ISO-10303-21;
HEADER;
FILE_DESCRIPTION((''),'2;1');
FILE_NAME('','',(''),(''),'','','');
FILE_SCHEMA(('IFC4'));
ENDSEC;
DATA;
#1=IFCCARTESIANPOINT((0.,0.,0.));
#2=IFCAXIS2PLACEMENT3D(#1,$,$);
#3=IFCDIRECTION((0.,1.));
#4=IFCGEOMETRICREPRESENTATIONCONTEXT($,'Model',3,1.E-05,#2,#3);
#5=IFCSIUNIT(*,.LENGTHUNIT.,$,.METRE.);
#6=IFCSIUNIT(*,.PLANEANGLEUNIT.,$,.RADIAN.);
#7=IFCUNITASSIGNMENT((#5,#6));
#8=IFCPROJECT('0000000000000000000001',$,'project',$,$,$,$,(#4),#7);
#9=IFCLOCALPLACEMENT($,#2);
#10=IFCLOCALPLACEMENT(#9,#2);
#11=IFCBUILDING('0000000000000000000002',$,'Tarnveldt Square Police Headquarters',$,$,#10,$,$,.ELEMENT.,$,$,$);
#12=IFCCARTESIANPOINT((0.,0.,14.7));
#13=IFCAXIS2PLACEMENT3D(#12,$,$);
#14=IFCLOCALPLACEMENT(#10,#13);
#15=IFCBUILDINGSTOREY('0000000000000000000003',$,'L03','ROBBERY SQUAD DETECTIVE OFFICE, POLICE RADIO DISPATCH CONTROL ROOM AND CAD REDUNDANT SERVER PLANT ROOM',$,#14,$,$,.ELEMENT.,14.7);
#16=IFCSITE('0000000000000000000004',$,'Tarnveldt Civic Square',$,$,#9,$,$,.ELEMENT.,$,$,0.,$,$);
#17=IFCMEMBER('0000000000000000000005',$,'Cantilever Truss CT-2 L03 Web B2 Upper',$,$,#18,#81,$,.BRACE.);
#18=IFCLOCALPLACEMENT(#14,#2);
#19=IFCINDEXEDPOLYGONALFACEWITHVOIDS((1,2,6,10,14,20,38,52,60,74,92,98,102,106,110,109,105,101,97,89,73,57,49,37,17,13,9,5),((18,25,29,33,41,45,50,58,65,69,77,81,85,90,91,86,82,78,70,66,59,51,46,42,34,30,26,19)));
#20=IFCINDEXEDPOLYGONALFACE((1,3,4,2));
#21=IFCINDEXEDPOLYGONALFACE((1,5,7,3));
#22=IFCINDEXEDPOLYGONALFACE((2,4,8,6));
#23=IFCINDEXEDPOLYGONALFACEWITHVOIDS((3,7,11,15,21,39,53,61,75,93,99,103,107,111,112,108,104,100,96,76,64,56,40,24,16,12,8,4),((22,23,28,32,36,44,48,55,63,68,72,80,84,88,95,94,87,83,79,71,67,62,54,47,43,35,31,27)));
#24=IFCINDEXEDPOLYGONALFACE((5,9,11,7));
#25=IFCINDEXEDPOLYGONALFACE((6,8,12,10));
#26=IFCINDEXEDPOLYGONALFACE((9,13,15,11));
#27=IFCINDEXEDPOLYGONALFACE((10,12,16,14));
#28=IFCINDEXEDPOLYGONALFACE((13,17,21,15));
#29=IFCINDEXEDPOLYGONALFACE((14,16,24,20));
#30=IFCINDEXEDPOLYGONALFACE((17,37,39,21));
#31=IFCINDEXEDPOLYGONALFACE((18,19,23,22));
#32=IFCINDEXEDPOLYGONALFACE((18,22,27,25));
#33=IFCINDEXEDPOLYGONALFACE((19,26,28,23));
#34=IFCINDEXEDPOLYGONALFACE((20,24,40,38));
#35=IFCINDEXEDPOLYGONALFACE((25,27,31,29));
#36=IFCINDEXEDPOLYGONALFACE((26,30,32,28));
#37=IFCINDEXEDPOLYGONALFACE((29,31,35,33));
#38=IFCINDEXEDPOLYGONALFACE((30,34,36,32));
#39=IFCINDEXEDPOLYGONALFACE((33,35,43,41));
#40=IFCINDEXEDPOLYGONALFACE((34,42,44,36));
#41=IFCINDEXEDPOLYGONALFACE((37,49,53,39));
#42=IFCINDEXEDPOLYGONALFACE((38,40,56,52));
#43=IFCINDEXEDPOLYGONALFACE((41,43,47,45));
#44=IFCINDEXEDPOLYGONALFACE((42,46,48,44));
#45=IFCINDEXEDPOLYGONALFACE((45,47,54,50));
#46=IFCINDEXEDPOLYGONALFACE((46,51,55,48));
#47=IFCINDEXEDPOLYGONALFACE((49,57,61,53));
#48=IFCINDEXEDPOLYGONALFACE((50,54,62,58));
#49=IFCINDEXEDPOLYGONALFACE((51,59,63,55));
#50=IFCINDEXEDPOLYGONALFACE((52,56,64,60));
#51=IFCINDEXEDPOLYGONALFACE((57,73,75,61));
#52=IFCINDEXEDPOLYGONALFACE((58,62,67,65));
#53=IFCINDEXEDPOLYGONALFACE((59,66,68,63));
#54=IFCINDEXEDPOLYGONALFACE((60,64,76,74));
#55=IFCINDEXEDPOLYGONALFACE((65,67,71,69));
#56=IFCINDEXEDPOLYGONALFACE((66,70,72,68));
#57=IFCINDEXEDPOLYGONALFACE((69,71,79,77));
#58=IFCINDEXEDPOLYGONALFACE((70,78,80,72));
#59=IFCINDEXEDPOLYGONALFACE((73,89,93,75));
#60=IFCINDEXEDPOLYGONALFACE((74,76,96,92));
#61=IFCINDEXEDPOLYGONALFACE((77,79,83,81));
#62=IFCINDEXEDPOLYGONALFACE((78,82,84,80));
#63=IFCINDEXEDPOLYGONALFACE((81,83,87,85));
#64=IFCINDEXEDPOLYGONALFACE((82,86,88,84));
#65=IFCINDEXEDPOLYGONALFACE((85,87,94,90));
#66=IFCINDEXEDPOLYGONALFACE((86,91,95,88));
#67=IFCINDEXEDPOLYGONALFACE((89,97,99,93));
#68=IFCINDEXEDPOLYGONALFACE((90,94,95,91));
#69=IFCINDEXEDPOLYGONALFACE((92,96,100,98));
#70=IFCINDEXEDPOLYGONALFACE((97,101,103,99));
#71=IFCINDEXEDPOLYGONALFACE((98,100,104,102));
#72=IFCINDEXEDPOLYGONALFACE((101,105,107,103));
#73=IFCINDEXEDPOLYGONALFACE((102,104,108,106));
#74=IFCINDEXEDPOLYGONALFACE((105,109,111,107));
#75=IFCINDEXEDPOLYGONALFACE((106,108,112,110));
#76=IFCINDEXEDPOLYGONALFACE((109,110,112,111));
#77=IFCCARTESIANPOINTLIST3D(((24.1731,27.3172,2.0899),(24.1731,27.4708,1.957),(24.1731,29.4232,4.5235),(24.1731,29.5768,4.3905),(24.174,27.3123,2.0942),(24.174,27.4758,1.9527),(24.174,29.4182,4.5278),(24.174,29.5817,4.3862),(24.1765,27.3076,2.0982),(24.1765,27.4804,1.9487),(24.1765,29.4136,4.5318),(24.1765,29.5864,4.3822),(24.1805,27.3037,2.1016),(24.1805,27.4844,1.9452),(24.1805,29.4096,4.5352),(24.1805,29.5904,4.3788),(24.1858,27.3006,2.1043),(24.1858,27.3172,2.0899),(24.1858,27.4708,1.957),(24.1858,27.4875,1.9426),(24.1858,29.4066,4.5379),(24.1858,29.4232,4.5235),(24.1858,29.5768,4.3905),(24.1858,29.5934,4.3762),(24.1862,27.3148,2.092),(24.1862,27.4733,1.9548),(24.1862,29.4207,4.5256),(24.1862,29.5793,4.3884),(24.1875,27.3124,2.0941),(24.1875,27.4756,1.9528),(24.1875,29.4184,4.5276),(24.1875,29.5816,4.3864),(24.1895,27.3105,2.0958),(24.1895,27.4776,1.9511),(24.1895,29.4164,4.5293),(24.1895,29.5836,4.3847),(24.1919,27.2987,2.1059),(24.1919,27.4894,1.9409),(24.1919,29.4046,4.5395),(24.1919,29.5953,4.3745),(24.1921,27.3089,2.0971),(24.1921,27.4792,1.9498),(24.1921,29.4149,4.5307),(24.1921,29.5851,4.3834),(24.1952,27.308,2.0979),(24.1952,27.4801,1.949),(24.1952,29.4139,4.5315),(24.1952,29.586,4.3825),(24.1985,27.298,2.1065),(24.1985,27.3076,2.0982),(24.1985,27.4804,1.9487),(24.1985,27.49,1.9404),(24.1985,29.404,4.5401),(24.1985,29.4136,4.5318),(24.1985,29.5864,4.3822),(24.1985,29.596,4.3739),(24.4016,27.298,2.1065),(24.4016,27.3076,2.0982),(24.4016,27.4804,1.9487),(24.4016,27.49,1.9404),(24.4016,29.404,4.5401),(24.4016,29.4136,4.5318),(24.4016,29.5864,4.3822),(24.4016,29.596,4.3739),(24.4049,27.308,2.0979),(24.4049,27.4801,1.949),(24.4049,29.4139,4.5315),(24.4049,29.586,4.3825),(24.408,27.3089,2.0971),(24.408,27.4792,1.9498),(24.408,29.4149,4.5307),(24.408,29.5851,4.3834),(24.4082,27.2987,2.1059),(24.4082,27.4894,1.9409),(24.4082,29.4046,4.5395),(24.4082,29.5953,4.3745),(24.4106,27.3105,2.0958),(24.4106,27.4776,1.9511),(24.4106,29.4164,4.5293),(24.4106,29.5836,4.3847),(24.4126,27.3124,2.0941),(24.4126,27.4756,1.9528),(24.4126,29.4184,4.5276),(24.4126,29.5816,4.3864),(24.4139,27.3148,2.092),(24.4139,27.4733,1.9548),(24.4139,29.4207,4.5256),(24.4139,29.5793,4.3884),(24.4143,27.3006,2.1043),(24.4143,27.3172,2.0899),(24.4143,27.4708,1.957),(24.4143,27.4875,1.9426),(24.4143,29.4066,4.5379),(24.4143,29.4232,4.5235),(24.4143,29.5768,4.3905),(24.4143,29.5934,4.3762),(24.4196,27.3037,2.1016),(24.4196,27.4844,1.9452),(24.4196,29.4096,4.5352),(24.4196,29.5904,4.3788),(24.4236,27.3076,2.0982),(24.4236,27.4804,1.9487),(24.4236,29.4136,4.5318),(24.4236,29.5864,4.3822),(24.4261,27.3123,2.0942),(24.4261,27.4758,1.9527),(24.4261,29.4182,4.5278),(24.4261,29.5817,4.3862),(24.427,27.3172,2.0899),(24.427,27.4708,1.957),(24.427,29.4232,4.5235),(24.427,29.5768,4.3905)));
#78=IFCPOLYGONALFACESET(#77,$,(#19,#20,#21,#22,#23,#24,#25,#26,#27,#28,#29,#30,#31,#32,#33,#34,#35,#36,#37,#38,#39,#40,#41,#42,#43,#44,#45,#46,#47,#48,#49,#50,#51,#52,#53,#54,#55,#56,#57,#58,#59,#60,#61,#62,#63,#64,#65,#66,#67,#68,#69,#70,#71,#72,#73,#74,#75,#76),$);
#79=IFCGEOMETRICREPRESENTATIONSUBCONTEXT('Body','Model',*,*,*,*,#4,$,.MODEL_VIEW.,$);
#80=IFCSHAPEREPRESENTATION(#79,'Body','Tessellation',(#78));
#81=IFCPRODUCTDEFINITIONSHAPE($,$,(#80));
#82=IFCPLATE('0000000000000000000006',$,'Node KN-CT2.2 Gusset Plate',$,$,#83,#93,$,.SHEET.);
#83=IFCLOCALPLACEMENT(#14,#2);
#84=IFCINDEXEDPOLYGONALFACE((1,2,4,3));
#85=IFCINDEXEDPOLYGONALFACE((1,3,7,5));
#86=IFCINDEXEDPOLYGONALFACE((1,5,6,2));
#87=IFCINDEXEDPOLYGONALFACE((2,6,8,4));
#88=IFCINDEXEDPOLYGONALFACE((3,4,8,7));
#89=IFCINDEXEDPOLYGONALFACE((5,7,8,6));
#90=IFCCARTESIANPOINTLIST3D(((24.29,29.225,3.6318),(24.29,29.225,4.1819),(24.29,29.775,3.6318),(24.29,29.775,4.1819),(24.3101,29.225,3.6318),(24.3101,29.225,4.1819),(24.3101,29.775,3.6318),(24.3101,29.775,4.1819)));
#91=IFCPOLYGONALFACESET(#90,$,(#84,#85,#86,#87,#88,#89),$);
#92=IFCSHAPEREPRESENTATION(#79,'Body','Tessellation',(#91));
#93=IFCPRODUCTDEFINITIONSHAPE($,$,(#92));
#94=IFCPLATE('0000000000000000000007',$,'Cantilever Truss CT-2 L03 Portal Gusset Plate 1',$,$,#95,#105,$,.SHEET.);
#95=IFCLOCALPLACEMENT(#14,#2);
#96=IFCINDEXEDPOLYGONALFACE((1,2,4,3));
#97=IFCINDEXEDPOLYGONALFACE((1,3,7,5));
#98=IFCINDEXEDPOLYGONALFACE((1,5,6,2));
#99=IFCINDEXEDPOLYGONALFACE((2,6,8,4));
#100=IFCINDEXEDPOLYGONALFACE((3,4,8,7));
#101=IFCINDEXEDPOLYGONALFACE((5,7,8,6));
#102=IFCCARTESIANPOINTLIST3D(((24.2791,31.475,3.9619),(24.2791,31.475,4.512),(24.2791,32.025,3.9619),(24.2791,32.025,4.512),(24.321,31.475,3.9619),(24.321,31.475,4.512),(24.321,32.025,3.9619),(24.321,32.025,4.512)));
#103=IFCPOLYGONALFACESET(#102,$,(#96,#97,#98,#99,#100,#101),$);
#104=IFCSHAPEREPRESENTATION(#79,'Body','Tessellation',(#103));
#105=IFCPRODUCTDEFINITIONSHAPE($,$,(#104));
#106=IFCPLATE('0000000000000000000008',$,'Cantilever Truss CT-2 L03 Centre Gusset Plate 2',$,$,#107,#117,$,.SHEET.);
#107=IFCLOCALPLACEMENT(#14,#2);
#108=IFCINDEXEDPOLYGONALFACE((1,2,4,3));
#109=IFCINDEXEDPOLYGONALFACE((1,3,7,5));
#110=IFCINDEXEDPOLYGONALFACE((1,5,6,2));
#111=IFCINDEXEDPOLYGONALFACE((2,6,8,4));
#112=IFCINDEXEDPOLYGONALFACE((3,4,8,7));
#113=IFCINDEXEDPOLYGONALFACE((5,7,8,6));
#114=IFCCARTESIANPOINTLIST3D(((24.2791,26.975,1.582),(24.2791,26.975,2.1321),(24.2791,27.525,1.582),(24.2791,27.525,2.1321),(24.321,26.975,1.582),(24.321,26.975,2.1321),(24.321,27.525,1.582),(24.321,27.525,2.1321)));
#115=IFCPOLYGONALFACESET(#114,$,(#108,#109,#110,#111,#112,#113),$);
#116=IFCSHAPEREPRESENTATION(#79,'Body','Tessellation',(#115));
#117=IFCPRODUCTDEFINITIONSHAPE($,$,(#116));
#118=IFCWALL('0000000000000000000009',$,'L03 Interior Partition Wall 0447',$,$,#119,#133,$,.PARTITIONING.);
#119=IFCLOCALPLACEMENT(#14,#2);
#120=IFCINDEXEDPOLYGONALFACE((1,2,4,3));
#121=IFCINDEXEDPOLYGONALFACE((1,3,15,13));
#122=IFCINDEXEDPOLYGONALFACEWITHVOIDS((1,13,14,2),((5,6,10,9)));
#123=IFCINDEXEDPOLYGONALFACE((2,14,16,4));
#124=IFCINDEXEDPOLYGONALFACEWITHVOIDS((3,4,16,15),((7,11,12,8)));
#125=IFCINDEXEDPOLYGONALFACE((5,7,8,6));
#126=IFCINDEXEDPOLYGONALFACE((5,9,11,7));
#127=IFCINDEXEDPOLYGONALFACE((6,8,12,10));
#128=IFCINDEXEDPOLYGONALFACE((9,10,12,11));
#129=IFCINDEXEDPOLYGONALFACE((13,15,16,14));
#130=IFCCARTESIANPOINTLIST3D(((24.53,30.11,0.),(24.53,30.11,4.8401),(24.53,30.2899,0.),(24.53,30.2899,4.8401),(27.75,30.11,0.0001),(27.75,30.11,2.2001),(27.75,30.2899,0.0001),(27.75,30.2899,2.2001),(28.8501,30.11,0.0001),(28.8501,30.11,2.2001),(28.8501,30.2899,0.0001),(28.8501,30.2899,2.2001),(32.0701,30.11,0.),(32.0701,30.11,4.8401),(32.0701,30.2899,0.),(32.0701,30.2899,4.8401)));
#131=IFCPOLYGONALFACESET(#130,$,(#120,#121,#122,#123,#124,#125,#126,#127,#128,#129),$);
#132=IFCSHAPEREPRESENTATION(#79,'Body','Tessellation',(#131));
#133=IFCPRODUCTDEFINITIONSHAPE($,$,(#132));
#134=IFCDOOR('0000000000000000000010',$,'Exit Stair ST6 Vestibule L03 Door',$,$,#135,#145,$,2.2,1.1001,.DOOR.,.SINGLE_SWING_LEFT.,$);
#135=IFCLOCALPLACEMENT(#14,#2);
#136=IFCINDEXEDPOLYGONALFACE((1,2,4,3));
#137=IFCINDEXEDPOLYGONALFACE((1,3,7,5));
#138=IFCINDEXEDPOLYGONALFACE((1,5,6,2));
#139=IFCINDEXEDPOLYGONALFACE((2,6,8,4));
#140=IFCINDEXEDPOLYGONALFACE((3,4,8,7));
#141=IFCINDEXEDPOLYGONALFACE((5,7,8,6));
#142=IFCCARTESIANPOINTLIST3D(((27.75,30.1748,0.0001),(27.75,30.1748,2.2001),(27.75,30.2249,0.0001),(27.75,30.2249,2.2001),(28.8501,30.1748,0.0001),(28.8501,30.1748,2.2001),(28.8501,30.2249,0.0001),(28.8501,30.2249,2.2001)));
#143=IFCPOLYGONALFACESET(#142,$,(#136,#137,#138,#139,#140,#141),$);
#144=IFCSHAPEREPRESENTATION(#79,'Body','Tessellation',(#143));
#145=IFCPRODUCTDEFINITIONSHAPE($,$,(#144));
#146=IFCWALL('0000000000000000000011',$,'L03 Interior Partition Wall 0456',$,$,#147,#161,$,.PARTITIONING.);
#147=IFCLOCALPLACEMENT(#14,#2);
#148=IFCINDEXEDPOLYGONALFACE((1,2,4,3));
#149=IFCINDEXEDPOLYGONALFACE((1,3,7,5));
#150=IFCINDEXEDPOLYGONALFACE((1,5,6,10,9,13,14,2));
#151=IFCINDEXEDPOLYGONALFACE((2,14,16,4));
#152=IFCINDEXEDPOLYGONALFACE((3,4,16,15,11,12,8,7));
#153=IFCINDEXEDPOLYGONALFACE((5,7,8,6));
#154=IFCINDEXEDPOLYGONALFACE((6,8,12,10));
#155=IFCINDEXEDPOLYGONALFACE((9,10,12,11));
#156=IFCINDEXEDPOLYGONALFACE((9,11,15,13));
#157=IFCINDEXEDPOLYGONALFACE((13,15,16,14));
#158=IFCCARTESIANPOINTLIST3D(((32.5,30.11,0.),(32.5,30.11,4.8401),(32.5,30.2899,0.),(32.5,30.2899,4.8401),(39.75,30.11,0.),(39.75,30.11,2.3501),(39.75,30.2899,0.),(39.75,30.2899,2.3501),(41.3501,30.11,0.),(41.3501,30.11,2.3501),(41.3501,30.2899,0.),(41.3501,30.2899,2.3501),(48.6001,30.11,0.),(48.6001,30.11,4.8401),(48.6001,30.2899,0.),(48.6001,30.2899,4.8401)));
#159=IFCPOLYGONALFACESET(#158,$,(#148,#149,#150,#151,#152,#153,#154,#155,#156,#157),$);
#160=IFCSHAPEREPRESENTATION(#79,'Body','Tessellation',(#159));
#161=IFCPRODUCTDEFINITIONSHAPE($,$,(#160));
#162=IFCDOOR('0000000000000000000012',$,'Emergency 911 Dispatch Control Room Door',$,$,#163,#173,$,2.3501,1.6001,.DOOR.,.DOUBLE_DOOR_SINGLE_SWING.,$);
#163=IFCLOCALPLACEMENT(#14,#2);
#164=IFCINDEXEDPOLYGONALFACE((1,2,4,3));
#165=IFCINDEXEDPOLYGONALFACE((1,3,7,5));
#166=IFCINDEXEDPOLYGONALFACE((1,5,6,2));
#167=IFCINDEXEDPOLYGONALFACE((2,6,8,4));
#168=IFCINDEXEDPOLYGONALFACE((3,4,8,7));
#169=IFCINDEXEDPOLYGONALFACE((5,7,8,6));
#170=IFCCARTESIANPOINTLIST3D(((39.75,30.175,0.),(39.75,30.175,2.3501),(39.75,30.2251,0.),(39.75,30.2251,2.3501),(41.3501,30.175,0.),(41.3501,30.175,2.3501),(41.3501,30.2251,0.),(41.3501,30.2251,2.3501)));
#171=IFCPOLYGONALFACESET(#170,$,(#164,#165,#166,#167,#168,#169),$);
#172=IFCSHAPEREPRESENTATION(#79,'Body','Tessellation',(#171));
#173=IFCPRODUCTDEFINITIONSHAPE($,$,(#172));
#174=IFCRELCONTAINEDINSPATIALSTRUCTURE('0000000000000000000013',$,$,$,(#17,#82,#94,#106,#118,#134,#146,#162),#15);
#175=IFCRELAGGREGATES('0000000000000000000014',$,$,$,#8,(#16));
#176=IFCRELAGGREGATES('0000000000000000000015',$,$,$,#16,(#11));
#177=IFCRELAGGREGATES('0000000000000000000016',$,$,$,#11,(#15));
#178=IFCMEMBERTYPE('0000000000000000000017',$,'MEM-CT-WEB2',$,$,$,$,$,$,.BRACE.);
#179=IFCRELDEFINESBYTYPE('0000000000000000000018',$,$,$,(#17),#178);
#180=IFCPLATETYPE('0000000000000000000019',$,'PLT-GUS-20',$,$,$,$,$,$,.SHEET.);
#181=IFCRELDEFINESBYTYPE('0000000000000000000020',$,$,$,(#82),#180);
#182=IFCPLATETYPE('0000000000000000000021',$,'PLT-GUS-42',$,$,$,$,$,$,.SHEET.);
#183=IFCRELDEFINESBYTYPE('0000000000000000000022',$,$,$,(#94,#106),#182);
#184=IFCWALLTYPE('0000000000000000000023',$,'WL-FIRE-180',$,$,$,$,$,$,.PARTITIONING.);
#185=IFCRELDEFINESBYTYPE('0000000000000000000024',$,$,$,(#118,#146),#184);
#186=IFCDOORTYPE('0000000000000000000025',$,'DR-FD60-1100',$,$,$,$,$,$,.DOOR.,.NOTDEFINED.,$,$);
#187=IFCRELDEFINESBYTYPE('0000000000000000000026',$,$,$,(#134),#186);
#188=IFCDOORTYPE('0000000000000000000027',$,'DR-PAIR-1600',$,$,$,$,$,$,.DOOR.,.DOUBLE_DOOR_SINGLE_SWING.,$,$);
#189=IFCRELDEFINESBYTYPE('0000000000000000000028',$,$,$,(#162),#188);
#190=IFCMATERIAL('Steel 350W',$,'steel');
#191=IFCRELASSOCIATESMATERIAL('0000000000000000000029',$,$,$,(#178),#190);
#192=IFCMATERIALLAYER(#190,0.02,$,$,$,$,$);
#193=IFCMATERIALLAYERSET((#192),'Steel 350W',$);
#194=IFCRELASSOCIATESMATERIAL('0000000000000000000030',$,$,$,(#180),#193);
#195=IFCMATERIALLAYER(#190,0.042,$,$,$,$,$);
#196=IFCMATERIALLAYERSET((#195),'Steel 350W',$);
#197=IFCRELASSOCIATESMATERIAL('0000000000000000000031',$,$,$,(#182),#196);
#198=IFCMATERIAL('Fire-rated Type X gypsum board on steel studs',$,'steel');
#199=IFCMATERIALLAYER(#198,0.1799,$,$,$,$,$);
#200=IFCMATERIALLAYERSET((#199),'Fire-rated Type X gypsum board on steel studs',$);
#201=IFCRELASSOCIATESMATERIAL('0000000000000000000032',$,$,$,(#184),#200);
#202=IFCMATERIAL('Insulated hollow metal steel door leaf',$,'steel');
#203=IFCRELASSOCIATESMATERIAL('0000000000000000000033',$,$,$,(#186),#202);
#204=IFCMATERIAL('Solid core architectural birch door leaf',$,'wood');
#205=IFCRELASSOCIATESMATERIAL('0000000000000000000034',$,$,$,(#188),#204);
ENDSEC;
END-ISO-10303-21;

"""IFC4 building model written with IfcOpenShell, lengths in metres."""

from ifc_helpers import new_model, si_unit, direction, frame, frame_2d, origin, origin_2d, place, context, subcontext, project, spatial, rectangle, hollow_rectangle, extrude, material, layer, layer_set, material_profile, profile_set, type_object, element, fill, save


model = new_model("IFC4")

# Units and contexts
model_context = context("Model", 3, precision=1e-05, world=origin(), true_north=direction((0.0, 1.0)))
body_context = subcontext(model_context, "Body", "Model", "MODEL_VIEW")
ifc_project = project(units=[si_unit("LENGTHUNIT", "METRE"), si_unit("PLANEANGLEUNIT", "RADIAN")], contexts=[model_context])

# Site, building, storey
site_placement = place(None, origin())
site = spatial("IfcSite", under=ifc_project, at=site_placement, Name="Tarnveldt Civic Square", CompositionType="ELEMENT", RefElevation=0.0)
building_placement = place(site_placement, origin())
building = spatial("IfcBuilding", under=site, at=building_placement, Name="Tarnveldt Square Police Headquarters", CompositionType="ELEMENT")
storey_placement = place(building_placement, frame((0.0, 0.0, 14.7)))
storey = spatial("IfcBuildingStorey", under=building, at=storey_placement, Name="L03", Description="ROBBERY SQUAD DETECTIVE OFFICE, POLICE RADIO DISPATCH CONTROL ROOM AND CAD REDUNDANT SERVER PLANT ROOM", CompositionType="ELEMENT", Elevation=14.7)

# Shared definitions
ifc_material_1 = material(Name="Steel 350W", Category="steel")

# Member
ifc_material_profile_1 = material_profile(ifc_material_1, hollow_rectangle(XDim=0.2539, YDim=0.2539, WallThickness=0.0127, InnerFilletRadius=0.0127, OuterFilletRadius=0.0254, at=origin_2d()), Name="HSS254x254x13")
ifc_profile_set_1 = profile_set([ifc_material_profile_1], Name="Steel 350W")
member_type_1 = type_object("IfcMemberType", Name="MEM-CT-WEB2", PredefinedType="BRACE", material=ifc_profile_set_1)
member_1_placement = place(storey_placement, frame((24.3, 27.394, 2.0234), z_axis=(0.0, 0.65437, 0.756174), x_axis=(-1.0, 0.0, 0.0)))
element("IfcMember", 1, at=member_1_placement, inside=storey, type_object=member_type_1, Name="Cantilever Truss CT-2 L03 Web B2 Upper", PredefinedType="BRACE", context=body_context, shape_type="SweptSolid", body=[
    extrude(hollow_rectangle(XDim=0.2539, YDim=0.2539, WallThickness=0.0127, InnerFilletRadius=0.0127, OuterFilletRadius=0.0254, at=origin_2d()), origin(), (0.0, 0.0, 1.0), 3.2183),
])

# Plates
ifc_layer_1 = layer(ifc_material_1, 0.02)
ifc_layer_set_1 = layer_set([ifc_layer_1], Name="Steel 350W")
plate_type_1 = type_object("IfcPlateType", Name="PLT-GUS-20", PredefinedType="SHEET", material=ifc_layer_set_1)
plate_placement = place(storey_placement, frame((24.3, 29.5, 3.6318), z_axis=(0.0, 0.0, 1.0), x_axis=(1.0, 0.0, 0.0)))
element("IfcPlate", 2, at=plate_placement, inside=storey, type_object=plate_type_1, Name="Node KN-CT2.2 Gusset Plate", PredefinedType="SHEET", context=body_context, shape_type="SweptSolid", body=[
    extrude(rectangle(XDim=0.02, YDim=0.55, at=origin_2d()), origin(), (0.0, 0.0, 1.0), 0.55),
])
ifc_layer_2 = layer(ifc_material_1, 0.042)
ifc_layer_set_2 = layer_set([ifc_layer_2], Name="Steel 350W")
plate_type_2 = type_object("IfcPlateType", Name="PLT-GUS-42", PredefinedType="SHEET", material=ifc_layer_set_2)
for number, where, z_axis, x_axis, name in (
    (3, (24.3, 31.75, 3.9619), (0.0, 0.0, 1.0), (1.0, 0.0, 0.0), "Cantilever Truss CT-2 L03 Portal Gusset Plate 1"),
    (4, (24.3, 27.25, 1.582), (0.0, 0.0, 1.0), (1.0, 0.0, 0.0), "Cantilever Truss CT-2 L03 Centre Gusset Plate 2"),
):
    element("IfcPlate", number, at=place(storey_placement, frame(where, z_axis=z_axis, x_axis=x_axis)), inside=storey, type_object=plate_type_2, Name=name, PredefinedType="SHEET", context=body_context, shape_type="SweptSolid", body=[
        extrude(rectangle(XDim=0.042, YDim=0.55, at=origin_2d()), origin(), (0.0, 0.0, 1.0), 0.55),
    ])

# Walls, openings, doors
ifc_material_2 = material(Name="Fire-rated Type X gypsum board on steel studs", Category="steel")
ifc_layer_3 = layer(ifc_material_2, 0.1799)
ifc_layer_set_3 = layer_set([ifc_layer_3], Name="Fire-rated Type X gypsum board on steel studs")
wall_type_1 = type_object("IfcWallType", Name="WL-FIRE-180", PredefinedType="PARTITIONING", material=ifc_layer_set_3)
wall_1_placement = place(storey_placement, frame((24.53, 30.2, 0.0), z_axis=(0.0, 0.0, 1.0), x_axis=(1.0, 0.0, 0.0)))
wall_1 = element("IfcWall", 5, at=wall_1_placement, inside=storey, type_object=wall_type_1, Name="L03 Interior Partition Wall 0447", PredefinedType="PARTITIONING", context=body_context, shape_type="SweptSolid", body=[
    extrude(rectangle(XDim=7.54, YDim=0.1799, at=frame_2d((3.77, 0.0))), origin(), (0.0, 0.0, 1.0), 4.8401),
])
opening_1_placement = place(wall_1_placement, frame((3.22, 0.0, 0.0)))
opening_1 = element("IfcOpeningElement", 6, at=opening_1_placement, cuts=wall_1, PredefinedType="OPENING", context=body_context, shape_type="SweptSolid", body=[
    extrude(rectangle(XDim=1.1001, YDim=2.2, at=frame_2d((0.55, 1.1001))), frame((0.0, 0.0999, 0.0), z_axis=(0.0, -1.0, 0.0), x_axis=(1.0, 0.0, 0.0)), (0.0, 0.0, 1.0), 0.2),
])
ifc_material_3 = material(Name="Insulated hollow metal steel door leaf", Category="steel")
door_type_1 = type_object("IfcDoorType", Name="DR-FD60-1100", OperationType="NOTDEFINED", PredefinedType="DOOR", material=ifc_material_3)
door_1_placement = place(opening_1_placement, origin())
door_1 = element("IfcDoor", 7, at=door_1_placement, inside=storey, type_object=door_type_1, Name="Exit Stair ST6 Vestibule L03 Door", OperationType="SINGLE_SWING_LEFT", OverallHeight=2.2, OverallWidth=1.1001, PredefinedType="DOOR", context=body_context, shape_type="SweptSolid", body=[
    extrude(rectangle(XDim=1.1001, YDim=2.2, at=frame_2d((0.55, 1.1001))), frame((0.0, 0.0249, 0.0), z_axis=(0.0, -1.0, 0.0), x_axis=(1.0, 0.0, 0.0)), (0.0, 0.0, 1.0), 0.05),
])
fill(opening_1, door_1)
wall_2_placement = place(storey_placement, frame((32.5, 30.2, 0.0), z_axis=(0.0, 0.0, 1.0), x_axis=(1.0, 0.0, 0.0)))
wall_2 = element("IfcWall", 8, at=wall_2_placement, inside=storey, type_object=wall_type_1, Name="L03 Interior Partition Wall 0456", PredefinedType="PARTITIONING", context=body_context, shape_type="SweptSolid", body=[
    extrude(rectangle(XDim=16.1001, YDim=0.1799, at=frame_2d((8.05, 0.0))), origin(), (0.0, 0.0, 1.0), 4.8401),
])
opening_2_placement = place(wall_2_placement, frame((7.25, 0.0, 0.0)))
opening_2 = element("IfcOpeningElement", 9, at=opening_2_placement, cuts=wall_2, PredefinedType="OPENING", context=body_context, shape_type="SweptSolid", body=[
    extrude(rectangle(XDim=1.6001, YDim=2.3501, at=frame_2d((0.8, 1.175))), frame((0.0, 0.0999, 0.0), z_axis=(0.0, -1.0, 0.0), x_axis=(1.0, 0.0, 0.0)), (0.0, 0.0, 1.0), 0.2),
])
ifc_material_4 = material(Name="Solid core architectural birch door leaf", Category="wood")
door_type_2 = type_object("IfcDoorType", Name="DR-PAIR-1600", OperationType="DOUBLE_DOOR_SINGLE_SWING", PredefinedType="DOOR", material=ifc_material_4)
door_2_placement = place(opening_2_placement, frame((1.6001, 0.0, 0.0), z_axis=(0.0, 0.0, 1.0), x_axis=(-1.0, 0.0, 0.0)))
door_2 = element("IfcDoor", 10, at=door_2_placement, inside=storey, type_object=door_type_2, Name="Emergency 911 Dispatch Control Room Door", OperationType="DOUBLE_DOOR_SINGLE_SWING", OverallHeight=2.3501, OverallWidth=1.6001, PredefinedType="DOOR", context=body_context, shape_type="SweptSolid", body=[
    extrude(rectangle(XDim=1.6001, YDim=2.3501, at=frame_2d((0.8, 1.175))), frame((0.0, 0.0249, 0.0), z_axis=(0.0, -1.0, 0.0), x_axis=(1.0, 0.0, 0.0)), (0.0, 0.0, 1.0), 0.05),
])
fill(opening_2, door_2)

save(model, "model.ifc")
